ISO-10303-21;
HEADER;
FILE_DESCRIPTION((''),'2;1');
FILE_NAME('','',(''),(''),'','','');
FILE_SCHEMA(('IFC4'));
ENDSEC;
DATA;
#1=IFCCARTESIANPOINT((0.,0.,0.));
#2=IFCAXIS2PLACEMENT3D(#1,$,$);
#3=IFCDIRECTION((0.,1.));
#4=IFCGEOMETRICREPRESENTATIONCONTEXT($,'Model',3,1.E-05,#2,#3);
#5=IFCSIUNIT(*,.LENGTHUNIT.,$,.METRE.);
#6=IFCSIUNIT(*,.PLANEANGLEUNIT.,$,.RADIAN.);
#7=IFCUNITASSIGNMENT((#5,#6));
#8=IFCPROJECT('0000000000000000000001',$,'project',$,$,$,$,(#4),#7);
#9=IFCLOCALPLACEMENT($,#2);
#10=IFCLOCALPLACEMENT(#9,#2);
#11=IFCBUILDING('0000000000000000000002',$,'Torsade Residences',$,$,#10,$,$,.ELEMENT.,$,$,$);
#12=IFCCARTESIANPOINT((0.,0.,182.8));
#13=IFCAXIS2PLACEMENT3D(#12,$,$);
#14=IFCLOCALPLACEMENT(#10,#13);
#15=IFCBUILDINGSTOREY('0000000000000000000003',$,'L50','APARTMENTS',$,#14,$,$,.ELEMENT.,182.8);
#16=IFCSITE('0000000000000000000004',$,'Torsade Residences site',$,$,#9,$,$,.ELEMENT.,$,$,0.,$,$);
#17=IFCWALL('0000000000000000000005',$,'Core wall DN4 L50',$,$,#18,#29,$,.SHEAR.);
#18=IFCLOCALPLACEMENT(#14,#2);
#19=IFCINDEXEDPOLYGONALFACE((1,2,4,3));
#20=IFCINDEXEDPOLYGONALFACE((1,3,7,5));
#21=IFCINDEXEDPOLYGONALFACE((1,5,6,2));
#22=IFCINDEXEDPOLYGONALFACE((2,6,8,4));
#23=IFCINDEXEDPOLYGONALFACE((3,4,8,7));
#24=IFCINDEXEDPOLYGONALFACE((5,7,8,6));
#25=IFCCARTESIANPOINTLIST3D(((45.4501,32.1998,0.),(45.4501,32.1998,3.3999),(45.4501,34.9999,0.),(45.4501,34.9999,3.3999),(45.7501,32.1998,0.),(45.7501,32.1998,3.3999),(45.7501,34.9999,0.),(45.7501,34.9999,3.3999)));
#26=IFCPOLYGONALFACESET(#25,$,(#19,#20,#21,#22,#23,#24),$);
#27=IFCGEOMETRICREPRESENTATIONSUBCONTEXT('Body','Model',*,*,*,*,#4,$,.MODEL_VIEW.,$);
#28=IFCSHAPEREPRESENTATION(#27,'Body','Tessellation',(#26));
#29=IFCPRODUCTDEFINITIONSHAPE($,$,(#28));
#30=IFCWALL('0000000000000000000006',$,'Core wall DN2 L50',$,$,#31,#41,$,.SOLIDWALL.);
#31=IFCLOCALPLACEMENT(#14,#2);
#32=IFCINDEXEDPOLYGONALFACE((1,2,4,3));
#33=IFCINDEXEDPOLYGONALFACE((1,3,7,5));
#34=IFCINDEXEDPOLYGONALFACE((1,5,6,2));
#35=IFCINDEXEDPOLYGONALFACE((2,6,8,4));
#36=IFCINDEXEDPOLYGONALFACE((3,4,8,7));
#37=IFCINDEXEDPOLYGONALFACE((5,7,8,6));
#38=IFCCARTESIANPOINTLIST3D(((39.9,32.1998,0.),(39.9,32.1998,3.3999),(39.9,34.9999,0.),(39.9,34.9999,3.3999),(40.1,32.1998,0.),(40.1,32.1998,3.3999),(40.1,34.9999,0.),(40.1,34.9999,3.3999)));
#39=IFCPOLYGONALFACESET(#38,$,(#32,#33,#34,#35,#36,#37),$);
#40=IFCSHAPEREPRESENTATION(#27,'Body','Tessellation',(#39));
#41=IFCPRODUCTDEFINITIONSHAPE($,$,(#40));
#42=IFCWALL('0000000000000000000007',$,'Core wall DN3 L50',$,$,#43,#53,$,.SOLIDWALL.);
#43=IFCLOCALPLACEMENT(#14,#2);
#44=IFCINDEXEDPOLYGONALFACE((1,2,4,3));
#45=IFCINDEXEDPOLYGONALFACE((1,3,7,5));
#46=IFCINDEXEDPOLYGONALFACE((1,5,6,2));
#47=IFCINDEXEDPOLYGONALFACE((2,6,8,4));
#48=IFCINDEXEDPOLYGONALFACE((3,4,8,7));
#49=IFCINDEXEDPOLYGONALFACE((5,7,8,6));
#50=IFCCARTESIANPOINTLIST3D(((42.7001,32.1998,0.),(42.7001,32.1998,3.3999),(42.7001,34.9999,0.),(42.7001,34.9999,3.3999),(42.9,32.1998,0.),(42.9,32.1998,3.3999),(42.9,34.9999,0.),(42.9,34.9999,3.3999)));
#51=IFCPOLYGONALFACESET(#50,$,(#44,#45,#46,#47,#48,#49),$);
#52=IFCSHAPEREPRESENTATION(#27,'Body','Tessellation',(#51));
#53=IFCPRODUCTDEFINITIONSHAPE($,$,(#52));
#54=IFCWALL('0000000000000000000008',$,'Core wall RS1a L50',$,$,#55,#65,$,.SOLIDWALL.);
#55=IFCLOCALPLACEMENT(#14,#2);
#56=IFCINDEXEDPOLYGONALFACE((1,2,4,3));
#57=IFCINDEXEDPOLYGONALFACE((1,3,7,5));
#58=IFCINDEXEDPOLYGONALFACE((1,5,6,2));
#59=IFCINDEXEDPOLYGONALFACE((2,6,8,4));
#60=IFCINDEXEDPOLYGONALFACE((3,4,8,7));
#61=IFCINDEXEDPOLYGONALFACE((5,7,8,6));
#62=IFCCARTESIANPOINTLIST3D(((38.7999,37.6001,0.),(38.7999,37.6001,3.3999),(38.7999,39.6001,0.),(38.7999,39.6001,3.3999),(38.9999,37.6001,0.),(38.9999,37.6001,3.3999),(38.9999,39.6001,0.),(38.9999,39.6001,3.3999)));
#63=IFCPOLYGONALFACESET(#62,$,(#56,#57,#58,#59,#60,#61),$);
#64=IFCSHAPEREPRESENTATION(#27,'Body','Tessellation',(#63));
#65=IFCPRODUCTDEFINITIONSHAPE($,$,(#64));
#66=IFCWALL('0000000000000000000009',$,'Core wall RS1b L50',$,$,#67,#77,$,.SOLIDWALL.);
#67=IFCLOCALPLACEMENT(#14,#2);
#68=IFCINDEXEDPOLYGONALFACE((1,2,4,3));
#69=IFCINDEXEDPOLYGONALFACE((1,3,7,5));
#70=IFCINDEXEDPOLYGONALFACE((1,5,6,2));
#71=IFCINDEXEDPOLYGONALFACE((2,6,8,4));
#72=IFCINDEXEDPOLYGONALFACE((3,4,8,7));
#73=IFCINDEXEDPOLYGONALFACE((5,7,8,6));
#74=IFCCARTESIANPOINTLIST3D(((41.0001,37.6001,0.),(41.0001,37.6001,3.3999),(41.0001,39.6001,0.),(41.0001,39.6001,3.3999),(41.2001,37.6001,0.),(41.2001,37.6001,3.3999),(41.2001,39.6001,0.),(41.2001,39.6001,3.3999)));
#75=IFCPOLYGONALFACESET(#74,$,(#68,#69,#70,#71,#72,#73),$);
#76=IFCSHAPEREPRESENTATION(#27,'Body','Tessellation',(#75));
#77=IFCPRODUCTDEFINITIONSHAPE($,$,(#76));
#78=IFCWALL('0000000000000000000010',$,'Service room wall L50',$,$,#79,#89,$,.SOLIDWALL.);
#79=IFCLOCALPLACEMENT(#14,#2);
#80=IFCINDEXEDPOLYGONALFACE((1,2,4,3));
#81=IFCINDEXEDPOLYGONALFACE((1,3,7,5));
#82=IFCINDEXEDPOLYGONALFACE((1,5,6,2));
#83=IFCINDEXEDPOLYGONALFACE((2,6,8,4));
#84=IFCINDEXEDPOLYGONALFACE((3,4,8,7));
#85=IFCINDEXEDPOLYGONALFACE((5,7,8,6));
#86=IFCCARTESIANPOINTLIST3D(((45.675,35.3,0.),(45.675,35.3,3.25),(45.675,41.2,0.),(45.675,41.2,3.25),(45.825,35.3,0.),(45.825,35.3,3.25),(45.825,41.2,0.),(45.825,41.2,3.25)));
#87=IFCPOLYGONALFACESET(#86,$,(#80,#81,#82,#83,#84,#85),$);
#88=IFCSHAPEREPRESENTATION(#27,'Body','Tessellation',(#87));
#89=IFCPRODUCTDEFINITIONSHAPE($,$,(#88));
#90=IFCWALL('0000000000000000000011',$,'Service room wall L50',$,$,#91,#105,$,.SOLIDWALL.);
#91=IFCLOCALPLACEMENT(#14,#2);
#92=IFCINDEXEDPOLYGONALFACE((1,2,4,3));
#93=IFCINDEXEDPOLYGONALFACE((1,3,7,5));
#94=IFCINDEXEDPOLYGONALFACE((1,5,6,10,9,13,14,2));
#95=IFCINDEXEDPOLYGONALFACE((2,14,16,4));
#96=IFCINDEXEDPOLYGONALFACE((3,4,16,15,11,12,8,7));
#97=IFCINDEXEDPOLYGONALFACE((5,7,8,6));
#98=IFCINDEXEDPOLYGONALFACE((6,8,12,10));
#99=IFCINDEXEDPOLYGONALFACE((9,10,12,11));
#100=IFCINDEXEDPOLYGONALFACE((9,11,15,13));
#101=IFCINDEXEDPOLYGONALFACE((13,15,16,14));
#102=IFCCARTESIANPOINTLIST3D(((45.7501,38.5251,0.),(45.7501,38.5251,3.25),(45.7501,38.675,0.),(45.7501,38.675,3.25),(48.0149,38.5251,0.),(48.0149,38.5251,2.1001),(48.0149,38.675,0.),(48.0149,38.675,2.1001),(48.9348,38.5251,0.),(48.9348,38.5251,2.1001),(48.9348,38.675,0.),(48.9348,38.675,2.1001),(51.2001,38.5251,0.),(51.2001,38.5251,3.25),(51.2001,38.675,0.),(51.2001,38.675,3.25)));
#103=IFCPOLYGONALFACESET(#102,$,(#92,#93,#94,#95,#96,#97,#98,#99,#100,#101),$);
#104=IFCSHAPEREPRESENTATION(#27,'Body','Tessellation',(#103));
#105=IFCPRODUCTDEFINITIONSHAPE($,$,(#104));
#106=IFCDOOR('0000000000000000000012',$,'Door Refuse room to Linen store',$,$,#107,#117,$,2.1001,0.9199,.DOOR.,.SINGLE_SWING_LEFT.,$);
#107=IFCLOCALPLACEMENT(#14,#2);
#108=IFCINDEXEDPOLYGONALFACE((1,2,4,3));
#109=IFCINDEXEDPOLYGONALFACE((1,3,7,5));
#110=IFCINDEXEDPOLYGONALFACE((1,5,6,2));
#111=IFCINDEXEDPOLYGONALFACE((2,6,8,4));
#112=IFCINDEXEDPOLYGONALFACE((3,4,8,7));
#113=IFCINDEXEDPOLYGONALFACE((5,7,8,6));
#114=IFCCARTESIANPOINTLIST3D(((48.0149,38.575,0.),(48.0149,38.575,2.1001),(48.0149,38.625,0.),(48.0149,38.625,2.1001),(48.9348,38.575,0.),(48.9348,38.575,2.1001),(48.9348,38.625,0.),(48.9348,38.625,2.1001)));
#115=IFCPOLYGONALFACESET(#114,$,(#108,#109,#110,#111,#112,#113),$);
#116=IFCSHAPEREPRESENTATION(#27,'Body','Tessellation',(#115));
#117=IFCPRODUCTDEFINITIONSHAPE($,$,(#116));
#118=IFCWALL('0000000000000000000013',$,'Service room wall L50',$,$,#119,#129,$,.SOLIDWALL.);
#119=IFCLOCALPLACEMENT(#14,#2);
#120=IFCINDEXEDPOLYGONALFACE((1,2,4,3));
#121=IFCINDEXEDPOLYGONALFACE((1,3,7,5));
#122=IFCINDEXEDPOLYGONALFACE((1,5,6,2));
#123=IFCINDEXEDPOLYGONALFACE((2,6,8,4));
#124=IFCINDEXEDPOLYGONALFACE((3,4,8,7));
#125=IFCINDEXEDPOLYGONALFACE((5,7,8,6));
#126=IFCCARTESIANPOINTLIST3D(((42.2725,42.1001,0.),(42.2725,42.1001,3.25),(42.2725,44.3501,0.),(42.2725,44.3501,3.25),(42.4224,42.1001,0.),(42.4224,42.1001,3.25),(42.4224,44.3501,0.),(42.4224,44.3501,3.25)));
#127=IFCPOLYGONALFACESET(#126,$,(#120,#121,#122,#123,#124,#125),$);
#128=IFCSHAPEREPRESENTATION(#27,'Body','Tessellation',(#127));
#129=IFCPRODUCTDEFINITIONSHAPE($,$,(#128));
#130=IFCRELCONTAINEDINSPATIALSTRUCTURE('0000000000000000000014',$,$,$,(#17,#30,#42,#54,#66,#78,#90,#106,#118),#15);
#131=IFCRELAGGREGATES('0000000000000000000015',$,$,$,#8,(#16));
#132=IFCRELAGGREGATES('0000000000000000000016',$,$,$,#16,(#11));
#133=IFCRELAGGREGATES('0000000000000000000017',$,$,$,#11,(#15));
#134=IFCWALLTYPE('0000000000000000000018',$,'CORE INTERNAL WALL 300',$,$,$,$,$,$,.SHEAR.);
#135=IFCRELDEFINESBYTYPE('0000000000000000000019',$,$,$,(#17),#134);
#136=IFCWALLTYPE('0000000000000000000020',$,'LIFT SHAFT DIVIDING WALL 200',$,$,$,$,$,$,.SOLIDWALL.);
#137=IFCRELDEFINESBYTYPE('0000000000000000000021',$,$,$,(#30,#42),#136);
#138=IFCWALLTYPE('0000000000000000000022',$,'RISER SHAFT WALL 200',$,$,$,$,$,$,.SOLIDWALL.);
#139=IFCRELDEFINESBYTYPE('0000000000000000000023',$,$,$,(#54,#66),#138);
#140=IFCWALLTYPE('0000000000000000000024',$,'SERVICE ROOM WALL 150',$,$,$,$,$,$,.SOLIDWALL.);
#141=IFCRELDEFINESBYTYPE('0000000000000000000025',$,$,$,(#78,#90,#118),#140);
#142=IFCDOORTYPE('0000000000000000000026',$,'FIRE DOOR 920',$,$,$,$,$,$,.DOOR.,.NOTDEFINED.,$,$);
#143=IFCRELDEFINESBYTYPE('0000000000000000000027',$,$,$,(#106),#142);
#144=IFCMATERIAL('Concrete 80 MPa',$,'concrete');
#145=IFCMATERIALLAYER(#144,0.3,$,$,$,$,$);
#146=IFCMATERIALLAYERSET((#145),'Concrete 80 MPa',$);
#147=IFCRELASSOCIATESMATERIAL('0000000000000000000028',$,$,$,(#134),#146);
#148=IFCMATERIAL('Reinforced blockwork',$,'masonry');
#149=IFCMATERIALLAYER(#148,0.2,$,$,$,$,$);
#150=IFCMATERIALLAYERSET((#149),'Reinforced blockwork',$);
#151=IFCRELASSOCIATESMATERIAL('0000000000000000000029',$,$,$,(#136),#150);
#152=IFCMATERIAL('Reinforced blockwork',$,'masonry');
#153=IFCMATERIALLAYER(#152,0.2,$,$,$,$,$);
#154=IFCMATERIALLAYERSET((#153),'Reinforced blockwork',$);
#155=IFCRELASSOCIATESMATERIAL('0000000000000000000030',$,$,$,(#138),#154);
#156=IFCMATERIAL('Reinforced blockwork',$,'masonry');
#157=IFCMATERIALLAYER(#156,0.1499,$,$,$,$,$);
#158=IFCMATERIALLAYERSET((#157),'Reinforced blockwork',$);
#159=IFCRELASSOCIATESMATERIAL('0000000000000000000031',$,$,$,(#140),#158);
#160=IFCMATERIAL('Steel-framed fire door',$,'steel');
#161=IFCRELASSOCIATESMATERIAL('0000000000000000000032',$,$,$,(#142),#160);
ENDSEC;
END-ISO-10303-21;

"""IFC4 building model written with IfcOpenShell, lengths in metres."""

from ifc_helpers import new_model, si_unit, direction, frame, frame_2d, origin, place, context, subcontext, project, spatial, rectangle, extrude, material, layer, layer_set, type_object, element, fill, save


model = new_model("IFC4")

# Units and contexts
model_context = context("Model", 3, precision=1e-05, world=origin(), true_north=direction((0.0, 1.0)))
body_context = subcontext(model_context, "Body", "Model", "MODEL_VIEW")
ifc_project = project(units=[si_unit("LENGTHUNIT", "METRE"), si_unit("PLANEANGLEUNIT", "RADIAN")], contexts=[model_context])

# Site, building, storey
site_placement = place(None, origin())
site = spatial("IfcSite", under=ifc_project, at=site_placement, Name="Torsade Residences site", CompositionType="ELEMENT", RefElevation=0.0)
building_placement = place(site_placement, origin())
building = spatial("IfcBuilding", under=site, at=building_placement, Name="Torsade Residences", CompositionType="ELEMENT")
storey_placement = place(building_placement, frame((0.0, 0.0, 182.8)))
storey = spatial("IfcBuildingStorey", under=building, at=storey_placement, Name="L50", Description="APARTMENTS", CompositionType="ELEMENT", Elevation=182.8)

# Walls
ifc_material_1 = material(Name="Concrete 80 MPa", Category="concrete")
ifc_layer_1 = layer(ifc_material_1, 0.3)
ifc_layer_set_1 = layer_set([ifc_layer_1], Name="Concrete 80 MPa")
wall_type_1 = type_object("IfcWallType", Name="CORE INTERNAL WALL 300", PredefinedType="SHEAR", material=ifc_layer_set_1)
wall_1_placement = place(storey_placement, frame((45.6001, 32.2, 0.0), z_axis=(0.0, 0.0, 1.0), x_axis=(0.0, 1.0, 0.0)))
element("IfcWall", 1, at=wall_1_placement, inside=storey, type_object=wall_type_1, Name="Core wall DN4 L50", PredefinedType="SHEAR", context=body_context, shape_type="SweptSolid", body=[
    extrude(rectangle(XDim=2.8, YDim=0.3, at=frame_2d((1.3999, 0.0))), origin(), (0.0, 0.0, 1.0), 3.3999),
])
ifc_material_2 = material(Name="Reinforced blockwork", Category="masonry")
ifc_layer_2 = layer(ifc_material_2, 0.2)
ifc_layer_set_2 = layer_set([ifc_layer_2], Name="Reinforced blockwork")
wall_type_2 = type_object("IfcWallType", Name="LIFT SHAFT DIVIDING WALL 200", PredefinedType="SOLIDWALL", material=ifc_layer_set_2)
for number, where, z_axis, x_axis, name in (
    (2, (40.0, 32.2, 0.0), (0.0, 0.0, 1.0), (0.0, 1.0, 0.0), "Core wall DN2 L50"),
    (3, (42.8, 32.2, 0.0), (0.0, 0.0, 1.0), (0.0, 1.0, 0.0), "Core wall DN3 L50"),
):
    element("IfcWall", number, at=place(storey_placement, frame(where, z_axis=z_axis, x_axis=x_axis)), inside=storey, type_object=wall_type_2, Name=name, PredefinedType="SOLIDWALL", context=body_context, shape_type="SweptSolid", body=[
        extrude(rectangle(XDim=2.8, YDim=0.2, at=frame_2d((1.3999, 0.0))), origin(), (0.0, 0.0, 1.0), 3.3999),
    ])
ifc_material_3 = material(Name="Reinforced blockwork", Category="masonry")
ifc_layer_3 = layer(ifc_material_3, 0.2)
ifc_layer_set_3 = layer_set([ifc_layer_3], Name="Reinforced blockwork")
wall_type_3 = type_object("IfcWallType", Name="RISER SHAFT WALL 200", PredefinedType="SOLIDWALL", material=ifc_layer_set_3)
for number, where, z_axis, x_axis, name in (
    (4, (38.8999, 37.6001, 0.0), (0.0, 0.0, 1.0), (0.0, 1.0, 0.0), "Core wall RS1a L50"),
    (5, (41.1001, 37.6001, 0.0), (0.0, 0.0, 1.0), (0.0, 1.0, 0.0), "Core wall RS1b L50"),
):
    element("IfcWall", number, at=place(storey_placement, frame(where, z_axis=z_axis, x_axis=x_axis)), inside=storey, type_object=wall_type_3, Name=name, PredefinedType="SOLIDWALL", context=body_context, shape_type="SweptSolid", body=[
        extrude(rectangle(XDim=2.0, YDim=0.2, at=frame_2d((1.0, 0.0))), origin(), (0.0, 0.0, 1.0), 3.3999),
    ])
ifc_material_4 = material(Name="Reinforced blockwork", Category="masonry")
ifc_layer_4 = layer(ifc_material_4, 0.1499)
ifc_layer_set_4 = layer_set([ifc_layer_4], Name="Reinforced blockwork")
wall_type_4 = type_object("IfcWallType", Name="SERVICE ROOM WALL 150", PredefinedType="SOLIDWALL", material=ifc_layer_set_4)
wall_2_placement = place(storey_placement, frame((45.75, 41.2, 0.0), z_axis=(0.0, 0.0, 1.0), x_axis=(0.0, -1.0, 0.0)))
element("IfcWall", 6, at=wall_2_placement, inside=storey, type_object=wall_type_4, Name="Service room wall L50", PredefinedType="SOLIDWALL", context=body_context, shape_type="SweptSolid", body=[
    extrude(rectangle(XDim=5.8999, YDim=0.1499, at=frame_2d((2.95, 0.0))), origin(), (0.0, 0.0, 1.0), 3.25),
])

# Wall, opening, door
wall_3_placement = place(storey_placement, frame((45.75, 38.6001, 0.0), z_axis=(0.0, 0.0, 1.0), x_axis=(1.0, 0.0, 0.0)))
wall_3 = element("IfcWall", 7, at=wall_3_placement, inside=storey, type_object=wall_type_4, Name="Service room wall L50", PredefinedType="SOLIDWALL", context=body_context, shape_type="SweptSolid", body=[
    extrude(rectangle(XDim=5.45, YDim=0.1499, at=frame_2d((2.7251, 0.0))), origin(), (0.0, 0.0, 1.0), 3.25),
])
opening_placement = place(wall_3_placement, frame((2.2649, 0.0, 0.0)))
opening = element("IfcOpeningElement", 8, at=opening_placement, cuts=wall_3, PredefinedType="OPENING", context=body_context, shape_type="SweptSolid", body=[
    extrude(rectangle(XDim=0.9199, YDim=2.1001, at=frame_2d((0.46, 1.05))), frame((0.0, 0.085, 0.0), z_axis=(0.0, -1.0, 0.0), x_axis=(1.0, 0.0, 0.0)), (0.0, 0.0, 1.0), 0.1699),
])
ifc_material_5 = material(Name="Steel-framed fire door", Category="steel")
door_type = type_object("IfcDoorType", Name="FIRE DOOR 920", OperationType="NOTDEFINED", PredefinedType="DOOR", material=ifc_material_5)
door_placement = place(opening_placement, origin())
door = element("IfcDoor", 9, at=door_placement, inside=storey, type_object=door_type, Name="Door Refuse room to Linen store", OperationType="SINGLE_SWING_LEFT", OverallHeight=2.1001, OverallWidth=0.9199, PredefinedType="DOOR", context=body_context, shape_type="SweptSolid", body=[
    extrude(rectangle(XDim=0.9199, YDim=2.1001, at=frame_2d((0.46, 1.05))), frame((0.0, 0.0249, 0.0), z_axis=(0.0, -1.0, 0.0), x_axis=(1.0, 0.0, 0.0)), (0.0, 0.0, 1.0), 0.05),
])
fill(opening, door)

# Wall
wall_4_placement = place(storey_placement, frame((42.3474, 42.1001, 0.0), z_axis=(0.0, 0.0, 1.0), x_axis=(0.0, 1.0, 0.0)))
element("IfcWall", 10, at=wall_4_placement, inside=storey, type_object=wall_type_4, Name="Service room wall L50", PredefinedType="SOLIDWALL", context=body_context, shape_type="SweptSolid", body=[
    extrude(rectangle(XDim=2.25, YDim=0.1499, at=frame_2d((1.125, 0.0))), origin(), (0.0, 0.0, 1.0), 3.25),
])

save(model, "model.ifc")
